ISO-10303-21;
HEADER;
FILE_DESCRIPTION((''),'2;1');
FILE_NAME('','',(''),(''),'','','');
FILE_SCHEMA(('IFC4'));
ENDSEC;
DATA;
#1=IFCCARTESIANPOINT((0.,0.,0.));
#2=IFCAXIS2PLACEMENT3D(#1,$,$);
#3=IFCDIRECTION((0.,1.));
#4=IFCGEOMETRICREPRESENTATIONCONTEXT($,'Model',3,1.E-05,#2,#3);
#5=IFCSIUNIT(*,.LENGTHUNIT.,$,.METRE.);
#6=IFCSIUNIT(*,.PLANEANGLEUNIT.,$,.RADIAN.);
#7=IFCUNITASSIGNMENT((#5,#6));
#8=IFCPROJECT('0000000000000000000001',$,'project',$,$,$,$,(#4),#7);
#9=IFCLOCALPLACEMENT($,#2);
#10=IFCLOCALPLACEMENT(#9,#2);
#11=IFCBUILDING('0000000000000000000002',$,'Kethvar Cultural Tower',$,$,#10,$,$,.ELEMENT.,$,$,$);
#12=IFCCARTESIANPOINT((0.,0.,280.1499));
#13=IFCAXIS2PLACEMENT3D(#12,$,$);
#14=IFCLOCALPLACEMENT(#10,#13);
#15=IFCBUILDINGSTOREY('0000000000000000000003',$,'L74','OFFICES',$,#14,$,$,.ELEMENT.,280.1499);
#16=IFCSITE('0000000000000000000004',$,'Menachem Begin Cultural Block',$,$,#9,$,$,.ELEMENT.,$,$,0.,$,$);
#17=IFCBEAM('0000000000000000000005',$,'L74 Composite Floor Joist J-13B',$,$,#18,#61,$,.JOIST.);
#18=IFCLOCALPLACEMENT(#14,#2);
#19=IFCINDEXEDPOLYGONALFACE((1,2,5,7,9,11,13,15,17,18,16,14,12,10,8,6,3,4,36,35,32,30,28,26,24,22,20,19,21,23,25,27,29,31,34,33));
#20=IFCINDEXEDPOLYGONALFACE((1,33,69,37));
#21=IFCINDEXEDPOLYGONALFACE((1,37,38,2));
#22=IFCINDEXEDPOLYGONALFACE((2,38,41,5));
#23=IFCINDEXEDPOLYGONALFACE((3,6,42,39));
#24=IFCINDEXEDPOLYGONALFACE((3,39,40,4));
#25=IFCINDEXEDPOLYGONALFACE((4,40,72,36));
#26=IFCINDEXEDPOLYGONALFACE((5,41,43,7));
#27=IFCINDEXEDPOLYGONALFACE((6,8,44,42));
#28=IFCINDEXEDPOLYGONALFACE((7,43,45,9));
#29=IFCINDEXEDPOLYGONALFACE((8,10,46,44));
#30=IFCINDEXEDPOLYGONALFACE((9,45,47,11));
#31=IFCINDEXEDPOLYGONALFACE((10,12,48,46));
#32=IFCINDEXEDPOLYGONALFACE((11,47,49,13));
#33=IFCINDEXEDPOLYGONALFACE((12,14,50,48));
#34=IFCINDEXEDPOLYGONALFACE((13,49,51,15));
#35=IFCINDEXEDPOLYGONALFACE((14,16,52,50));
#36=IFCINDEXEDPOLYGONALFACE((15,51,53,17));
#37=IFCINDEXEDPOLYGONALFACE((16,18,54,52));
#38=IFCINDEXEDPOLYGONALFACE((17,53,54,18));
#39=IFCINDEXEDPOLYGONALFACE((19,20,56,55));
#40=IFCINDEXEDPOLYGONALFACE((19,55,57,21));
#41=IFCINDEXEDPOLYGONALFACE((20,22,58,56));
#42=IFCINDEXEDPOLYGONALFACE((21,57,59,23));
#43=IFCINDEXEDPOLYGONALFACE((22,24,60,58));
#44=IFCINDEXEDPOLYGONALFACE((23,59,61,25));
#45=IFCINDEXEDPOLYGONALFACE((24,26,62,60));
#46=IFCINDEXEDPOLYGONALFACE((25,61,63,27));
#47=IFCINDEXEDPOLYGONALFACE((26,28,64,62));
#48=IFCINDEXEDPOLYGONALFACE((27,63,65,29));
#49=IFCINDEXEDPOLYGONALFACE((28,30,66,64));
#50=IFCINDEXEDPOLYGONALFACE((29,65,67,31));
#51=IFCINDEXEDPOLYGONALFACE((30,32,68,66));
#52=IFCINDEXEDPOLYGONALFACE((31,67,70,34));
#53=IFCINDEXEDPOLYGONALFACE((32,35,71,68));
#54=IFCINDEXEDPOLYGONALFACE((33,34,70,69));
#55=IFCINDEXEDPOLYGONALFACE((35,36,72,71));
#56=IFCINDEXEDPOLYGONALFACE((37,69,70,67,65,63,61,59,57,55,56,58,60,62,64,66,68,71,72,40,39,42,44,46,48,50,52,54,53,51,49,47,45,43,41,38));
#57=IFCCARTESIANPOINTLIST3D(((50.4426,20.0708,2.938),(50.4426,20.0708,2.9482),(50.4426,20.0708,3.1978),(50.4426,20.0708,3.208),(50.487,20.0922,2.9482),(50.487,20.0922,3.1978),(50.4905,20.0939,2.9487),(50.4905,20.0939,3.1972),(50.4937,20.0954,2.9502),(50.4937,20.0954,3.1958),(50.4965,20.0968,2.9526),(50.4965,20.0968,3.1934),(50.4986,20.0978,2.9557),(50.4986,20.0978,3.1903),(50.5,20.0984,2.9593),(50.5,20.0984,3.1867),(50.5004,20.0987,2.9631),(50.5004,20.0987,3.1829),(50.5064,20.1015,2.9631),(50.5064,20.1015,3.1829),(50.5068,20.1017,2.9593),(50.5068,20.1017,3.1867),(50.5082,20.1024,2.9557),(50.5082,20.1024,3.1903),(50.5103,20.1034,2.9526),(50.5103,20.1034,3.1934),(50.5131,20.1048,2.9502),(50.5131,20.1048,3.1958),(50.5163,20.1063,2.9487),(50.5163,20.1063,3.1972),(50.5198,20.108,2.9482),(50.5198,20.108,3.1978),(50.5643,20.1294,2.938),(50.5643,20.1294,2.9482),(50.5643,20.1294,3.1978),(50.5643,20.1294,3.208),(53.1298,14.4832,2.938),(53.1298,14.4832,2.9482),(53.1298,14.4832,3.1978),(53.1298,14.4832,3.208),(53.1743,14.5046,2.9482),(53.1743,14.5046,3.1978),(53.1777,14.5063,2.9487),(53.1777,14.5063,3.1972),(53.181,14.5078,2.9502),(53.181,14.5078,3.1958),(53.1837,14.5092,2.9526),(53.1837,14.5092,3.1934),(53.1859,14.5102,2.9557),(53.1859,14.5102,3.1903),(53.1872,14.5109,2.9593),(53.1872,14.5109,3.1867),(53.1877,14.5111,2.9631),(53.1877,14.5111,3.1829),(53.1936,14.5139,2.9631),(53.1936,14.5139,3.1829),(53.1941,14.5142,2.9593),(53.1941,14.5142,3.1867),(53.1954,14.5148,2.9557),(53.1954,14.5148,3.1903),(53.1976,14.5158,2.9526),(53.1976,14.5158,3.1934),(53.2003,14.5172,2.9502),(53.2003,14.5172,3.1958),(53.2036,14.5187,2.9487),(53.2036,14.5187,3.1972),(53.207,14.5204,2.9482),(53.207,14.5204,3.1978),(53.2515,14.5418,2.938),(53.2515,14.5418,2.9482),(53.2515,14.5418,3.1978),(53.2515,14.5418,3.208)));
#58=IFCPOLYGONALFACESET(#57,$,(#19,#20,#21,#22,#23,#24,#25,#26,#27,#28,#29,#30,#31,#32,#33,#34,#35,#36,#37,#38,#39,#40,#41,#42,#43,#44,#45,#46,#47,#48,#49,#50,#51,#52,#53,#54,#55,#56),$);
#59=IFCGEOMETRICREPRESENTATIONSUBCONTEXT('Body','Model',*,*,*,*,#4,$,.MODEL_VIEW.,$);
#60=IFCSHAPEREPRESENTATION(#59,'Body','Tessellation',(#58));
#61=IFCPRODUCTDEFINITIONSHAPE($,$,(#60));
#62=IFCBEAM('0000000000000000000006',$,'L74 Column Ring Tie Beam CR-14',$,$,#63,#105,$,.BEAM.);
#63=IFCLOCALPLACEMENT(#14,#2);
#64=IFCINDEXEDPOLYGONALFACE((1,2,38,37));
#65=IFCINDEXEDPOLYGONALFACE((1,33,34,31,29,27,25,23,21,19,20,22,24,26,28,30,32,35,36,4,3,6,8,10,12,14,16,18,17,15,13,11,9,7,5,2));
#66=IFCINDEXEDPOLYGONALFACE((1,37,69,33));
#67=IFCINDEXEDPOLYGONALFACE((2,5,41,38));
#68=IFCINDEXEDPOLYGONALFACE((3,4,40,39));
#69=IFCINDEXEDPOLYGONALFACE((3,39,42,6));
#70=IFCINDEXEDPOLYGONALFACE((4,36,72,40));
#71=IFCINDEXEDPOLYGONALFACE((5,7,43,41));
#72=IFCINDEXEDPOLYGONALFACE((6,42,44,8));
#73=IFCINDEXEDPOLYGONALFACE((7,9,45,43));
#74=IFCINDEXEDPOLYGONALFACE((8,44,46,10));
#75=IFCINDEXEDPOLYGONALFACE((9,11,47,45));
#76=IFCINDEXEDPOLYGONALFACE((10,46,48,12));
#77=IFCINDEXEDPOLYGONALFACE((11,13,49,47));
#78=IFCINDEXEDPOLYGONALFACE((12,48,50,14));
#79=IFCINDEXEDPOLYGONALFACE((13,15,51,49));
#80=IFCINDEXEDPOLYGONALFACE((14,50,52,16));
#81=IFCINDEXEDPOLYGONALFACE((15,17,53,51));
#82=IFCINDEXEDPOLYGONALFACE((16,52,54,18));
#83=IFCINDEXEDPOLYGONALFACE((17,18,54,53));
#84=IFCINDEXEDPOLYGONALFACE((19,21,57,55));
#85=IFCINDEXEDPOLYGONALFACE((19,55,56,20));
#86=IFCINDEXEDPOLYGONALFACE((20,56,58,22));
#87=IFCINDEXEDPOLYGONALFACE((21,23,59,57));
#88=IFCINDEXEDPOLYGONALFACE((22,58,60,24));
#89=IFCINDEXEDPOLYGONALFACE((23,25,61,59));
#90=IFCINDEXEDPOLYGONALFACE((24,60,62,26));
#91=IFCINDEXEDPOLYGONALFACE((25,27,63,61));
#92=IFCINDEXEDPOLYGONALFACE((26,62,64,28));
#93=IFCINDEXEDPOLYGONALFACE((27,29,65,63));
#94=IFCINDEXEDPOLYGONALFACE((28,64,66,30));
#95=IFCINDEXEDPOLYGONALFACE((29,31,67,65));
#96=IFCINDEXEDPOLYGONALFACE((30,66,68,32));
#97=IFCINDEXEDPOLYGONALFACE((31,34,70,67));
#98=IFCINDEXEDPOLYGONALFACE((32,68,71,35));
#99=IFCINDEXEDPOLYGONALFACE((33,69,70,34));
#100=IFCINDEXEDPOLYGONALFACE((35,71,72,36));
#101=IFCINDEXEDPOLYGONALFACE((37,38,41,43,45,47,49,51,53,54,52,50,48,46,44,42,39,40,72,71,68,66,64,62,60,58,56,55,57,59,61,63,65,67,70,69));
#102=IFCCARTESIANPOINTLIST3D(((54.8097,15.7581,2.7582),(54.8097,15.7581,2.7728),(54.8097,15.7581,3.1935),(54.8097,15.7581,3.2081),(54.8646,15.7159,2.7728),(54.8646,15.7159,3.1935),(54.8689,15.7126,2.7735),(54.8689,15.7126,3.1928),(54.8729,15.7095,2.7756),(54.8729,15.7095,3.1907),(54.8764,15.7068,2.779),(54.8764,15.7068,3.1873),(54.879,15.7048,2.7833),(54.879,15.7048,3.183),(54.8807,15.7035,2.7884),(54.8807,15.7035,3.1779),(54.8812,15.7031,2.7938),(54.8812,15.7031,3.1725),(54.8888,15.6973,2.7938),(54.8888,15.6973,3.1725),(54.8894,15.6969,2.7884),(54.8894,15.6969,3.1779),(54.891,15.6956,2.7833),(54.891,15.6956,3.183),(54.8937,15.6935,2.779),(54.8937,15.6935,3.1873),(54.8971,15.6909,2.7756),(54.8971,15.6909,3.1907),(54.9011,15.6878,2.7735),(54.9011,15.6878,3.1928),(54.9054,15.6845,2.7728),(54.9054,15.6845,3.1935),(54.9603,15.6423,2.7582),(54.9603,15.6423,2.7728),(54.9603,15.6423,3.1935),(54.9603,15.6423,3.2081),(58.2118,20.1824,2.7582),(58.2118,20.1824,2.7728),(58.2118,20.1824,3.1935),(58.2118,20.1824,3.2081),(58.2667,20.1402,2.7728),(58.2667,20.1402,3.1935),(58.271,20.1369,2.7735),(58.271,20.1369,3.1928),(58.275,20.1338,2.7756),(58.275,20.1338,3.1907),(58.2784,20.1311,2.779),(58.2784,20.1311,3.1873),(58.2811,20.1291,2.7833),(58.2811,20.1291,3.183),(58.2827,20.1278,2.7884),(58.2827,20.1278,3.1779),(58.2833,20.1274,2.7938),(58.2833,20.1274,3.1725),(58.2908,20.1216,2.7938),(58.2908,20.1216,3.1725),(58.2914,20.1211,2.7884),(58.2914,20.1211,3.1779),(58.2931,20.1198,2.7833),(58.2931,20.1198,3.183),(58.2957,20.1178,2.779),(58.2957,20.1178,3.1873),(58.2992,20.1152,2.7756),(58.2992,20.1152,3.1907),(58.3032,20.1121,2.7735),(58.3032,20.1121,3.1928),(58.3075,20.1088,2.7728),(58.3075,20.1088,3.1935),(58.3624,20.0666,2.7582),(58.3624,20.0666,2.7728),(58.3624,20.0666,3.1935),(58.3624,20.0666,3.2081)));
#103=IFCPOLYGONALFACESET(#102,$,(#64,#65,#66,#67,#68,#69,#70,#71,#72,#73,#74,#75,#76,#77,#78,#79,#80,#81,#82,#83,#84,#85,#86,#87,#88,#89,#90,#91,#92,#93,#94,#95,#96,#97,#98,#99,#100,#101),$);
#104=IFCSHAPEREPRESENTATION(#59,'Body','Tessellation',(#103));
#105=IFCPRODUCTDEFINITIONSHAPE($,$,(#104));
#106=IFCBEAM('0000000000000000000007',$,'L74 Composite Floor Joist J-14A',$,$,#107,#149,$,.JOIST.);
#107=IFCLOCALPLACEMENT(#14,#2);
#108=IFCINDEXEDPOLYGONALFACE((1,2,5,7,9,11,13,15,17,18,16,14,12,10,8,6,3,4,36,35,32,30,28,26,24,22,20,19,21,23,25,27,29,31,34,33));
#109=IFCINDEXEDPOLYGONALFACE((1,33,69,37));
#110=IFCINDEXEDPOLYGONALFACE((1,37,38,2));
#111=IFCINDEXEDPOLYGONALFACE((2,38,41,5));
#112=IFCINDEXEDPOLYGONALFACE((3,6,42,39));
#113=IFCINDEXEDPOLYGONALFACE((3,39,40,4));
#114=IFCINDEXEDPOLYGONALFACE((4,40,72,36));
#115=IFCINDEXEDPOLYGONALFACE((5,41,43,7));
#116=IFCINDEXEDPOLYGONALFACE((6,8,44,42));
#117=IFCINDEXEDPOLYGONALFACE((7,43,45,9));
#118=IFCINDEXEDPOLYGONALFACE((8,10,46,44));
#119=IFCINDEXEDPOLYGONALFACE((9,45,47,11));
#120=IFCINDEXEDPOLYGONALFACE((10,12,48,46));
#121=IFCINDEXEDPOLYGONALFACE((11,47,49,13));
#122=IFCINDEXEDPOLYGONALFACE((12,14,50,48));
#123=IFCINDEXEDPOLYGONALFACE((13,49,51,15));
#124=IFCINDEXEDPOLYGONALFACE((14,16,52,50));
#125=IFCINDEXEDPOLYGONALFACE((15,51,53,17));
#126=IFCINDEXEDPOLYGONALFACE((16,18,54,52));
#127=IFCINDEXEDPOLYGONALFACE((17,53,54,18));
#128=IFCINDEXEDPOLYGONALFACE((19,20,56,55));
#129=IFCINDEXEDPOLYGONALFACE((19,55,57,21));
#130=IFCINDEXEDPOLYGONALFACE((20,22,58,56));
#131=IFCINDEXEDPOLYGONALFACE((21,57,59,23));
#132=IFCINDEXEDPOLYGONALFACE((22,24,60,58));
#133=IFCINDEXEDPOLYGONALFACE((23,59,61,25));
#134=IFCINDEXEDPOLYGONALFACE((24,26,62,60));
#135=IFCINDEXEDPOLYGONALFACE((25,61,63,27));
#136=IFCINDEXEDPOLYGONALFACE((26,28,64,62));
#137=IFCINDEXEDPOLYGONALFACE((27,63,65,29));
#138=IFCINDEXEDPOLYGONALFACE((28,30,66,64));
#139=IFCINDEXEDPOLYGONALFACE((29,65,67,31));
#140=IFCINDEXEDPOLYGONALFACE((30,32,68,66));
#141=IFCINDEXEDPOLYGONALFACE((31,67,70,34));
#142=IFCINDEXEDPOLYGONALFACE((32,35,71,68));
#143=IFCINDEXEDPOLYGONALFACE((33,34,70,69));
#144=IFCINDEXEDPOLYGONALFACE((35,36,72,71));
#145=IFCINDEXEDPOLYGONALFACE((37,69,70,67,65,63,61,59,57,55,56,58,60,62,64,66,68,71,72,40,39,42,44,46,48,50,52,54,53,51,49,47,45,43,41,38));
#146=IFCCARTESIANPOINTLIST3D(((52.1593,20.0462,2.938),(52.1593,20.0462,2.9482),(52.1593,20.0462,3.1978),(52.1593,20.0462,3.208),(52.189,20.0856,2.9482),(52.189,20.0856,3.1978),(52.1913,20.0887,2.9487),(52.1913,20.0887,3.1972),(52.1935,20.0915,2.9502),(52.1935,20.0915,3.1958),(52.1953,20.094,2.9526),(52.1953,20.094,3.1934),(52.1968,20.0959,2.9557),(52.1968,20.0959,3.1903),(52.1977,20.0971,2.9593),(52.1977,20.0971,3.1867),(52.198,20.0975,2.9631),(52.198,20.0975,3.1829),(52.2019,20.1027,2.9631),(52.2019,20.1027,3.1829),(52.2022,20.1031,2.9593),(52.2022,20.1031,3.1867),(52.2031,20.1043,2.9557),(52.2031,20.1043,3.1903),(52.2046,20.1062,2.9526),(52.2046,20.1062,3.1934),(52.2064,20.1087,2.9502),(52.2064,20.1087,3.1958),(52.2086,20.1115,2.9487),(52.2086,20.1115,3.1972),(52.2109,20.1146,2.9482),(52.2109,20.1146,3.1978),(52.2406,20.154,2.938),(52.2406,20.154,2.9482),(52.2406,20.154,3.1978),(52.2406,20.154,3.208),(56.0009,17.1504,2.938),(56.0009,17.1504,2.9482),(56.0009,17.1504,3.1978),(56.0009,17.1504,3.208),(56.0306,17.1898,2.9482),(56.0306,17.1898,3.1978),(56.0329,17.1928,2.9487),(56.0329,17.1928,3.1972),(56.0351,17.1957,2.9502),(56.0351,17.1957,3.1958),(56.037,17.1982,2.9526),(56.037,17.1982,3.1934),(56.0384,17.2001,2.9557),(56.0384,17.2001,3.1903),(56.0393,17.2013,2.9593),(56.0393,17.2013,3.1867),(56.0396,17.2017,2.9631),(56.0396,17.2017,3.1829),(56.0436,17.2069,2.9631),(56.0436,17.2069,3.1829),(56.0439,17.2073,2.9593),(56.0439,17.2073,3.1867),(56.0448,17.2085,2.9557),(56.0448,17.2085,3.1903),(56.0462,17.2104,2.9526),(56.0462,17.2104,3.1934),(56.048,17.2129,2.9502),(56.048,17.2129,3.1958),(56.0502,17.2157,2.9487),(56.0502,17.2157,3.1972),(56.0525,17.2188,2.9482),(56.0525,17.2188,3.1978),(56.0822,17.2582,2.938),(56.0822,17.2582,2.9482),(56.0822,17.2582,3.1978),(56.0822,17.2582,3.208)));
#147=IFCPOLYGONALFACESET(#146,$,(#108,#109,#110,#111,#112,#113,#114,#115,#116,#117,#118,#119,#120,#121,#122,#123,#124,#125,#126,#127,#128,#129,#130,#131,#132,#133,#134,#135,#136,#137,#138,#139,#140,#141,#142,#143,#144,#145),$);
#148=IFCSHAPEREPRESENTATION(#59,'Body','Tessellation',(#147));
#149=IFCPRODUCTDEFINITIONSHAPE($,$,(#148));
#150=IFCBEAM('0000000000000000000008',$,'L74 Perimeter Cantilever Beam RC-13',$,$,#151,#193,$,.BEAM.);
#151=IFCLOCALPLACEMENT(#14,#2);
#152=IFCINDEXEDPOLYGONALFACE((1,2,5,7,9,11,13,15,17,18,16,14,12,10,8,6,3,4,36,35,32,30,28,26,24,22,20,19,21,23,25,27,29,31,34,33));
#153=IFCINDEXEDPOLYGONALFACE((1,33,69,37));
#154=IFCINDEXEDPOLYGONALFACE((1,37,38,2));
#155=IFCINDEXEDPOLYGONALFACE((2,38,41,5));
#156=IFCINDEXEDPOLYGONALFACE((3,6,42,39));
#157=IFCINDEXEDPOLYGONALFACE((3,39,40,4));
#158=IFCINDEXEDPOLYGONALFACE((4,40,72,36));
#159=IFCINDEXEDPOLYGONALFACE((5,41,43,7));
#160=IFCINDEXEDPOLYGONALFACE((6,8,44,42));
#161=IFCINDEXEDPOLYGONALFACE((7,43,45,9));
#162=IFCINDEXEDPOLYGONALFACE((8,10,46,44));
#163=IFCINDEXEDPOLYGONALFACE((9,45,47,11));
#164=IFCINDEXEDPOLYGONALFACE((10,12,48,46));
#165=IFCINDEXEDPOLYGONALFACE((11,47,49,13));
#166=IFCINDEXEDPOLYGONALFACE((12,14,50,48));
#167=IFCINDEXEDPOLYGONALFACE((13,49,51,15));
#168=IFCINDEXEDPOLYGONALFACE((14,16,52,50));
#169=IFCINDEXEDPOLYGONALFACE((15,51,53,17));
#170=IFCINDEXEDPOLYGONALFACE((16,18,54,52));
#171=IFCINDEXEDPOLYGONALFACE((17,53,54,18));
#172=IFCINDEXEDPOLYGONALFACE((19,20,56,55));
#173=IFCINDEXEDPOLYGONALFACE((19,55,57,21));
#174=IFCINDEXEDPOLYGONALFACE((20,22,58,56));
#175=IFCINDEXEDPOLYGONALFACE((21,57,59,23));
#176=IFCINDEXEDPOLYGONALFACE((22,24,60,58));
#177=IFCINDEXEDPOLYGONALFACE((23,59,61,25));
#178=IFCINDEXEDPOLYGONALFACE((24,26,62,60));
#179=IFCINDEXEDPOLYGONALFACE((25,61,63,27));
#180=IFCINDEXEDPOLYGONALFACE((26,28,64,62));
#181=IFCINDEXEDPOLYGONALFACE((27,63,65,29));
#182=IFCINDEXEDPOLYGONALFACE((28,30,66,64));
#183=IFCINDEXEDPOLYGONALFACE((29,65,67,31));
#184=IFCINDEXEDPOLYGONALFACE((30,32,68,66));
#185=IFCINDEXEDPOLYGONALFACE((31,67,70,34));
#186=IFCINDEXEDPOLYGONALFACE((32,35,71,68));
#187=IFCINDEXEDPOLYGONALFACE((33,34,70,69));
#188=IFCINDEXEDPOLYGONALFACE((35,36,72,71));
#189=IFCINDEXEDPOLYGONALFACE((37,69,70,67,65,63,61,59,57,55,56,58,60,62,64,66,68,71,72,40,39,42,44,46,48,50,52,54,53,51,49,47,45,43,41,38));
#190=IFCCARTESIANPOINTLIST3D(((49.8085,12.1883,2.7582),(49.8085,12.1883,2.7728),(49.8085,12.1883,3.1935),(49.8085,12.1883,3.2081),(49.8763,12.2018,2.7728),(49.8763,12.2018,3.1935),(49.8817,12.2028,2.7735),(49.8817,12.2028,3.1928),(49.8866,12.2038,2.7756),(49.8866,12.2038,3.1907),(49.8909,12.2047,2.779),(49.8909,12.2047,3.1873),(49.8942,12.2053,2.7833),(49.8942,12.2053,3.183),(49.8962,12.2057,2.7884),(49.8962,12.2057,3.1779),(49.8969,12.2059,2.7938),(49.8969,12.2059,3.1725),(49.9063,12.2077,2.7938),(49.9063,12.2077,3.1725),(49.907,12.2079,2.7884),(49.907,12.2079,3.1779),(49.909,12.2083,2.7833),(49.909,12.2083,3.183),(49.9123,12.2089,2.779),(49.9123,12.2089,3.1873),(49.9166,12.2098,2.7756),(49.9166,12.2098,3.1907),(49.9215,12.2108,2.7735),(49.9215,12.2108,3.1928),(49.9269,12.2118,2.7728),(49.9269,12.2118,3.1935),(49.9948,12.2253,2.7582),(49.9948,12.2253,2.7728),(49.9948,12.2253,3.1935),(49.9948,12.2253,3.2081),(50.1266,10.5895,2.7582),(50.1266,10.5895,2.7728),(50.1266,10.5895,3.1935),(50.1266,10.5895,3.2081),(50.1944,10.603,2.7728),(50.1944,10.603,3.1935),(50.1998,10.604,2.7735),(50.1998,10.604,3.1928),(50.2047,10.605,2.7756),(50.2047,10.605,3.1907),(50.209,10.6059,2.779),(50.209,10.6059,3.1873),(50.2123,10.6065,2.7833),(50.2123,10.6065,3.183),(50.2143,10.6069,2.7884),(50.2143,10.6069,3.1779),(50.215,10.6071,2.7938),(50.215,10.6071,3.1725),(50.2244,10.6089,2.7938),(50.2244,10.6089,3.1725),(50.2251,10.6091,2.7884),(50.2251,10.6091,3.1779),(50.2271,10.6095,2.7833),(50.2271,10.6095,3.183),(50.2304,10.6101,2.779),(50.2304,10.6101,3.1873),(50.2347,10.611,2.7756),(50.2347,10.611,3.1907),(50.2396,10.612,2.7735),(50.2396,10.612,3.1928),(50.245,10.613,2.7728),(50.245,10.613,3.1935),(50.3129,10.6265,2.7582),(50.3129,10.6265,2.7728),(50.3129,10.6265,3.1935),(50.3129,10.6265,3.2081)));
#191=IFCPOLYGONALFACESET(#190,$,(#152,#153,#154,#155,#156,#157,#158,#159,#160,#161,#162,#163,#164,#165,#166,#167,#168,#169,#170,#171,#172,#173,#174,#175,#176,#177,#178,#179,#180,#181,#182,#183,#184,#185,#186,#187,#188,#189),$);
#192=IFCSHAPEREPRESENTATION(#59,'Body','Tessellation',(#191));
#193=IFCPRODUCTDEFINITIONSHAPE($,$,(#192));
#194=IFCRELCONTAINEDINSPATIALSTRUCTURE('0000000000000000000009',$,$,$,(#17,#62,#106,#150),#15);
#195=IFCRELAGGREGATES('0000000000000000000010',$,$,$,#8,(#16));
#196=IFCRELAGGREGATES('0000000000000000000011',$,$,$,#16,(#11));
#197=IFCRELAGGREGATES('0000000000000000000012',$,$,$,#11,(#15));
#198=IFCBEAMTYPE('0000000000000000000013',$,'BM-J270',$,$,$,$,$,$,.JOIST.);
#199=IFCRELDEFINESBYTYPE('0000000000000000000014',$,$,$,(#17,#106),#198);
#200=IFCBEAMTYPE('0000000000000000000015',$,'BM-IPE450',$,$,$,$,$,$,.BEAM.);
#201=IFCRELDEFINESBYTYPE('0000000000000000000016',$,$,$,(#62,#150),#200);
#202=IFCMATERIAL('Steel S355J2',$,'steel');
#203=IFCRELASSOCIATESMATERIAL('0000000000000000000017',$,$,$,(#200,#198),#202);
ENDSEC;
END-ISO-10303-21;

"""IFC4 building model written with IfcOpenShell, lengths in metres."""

from ifc_helpers import new_model, si_unit, direction, frame, origin, origin_2d, place, context, subcontext, project, spatial, i_section, extrude, source, transform, mapped, material, material_profile, profile_set, type_object, element, save


model = new_model("IFC4")

# Units and contexts
model_context = context("Model", 3, precision=1e-05, world=origin(), true_north=direction((0.0, 1.0)))
body_context = subcontext(model_context, "Body", "Model", "MODEL_VIEW")
ifc_project = project(units=[si_unit("LENGTHUNIT", "METRE"), si_unit("PLANEANGLEUNIT", "RADIAN")], contexts=[model_context])

# Site, building, storey
site_placement = place(None, origin())
site = spatial("IfcSite", under=ifc_project, at=site_placement, Name="Menachem Begin Cultural Block", CompositionType="ELEMENT", RefElevation=0.0)
building_placement = place(site_placement, origin())
building = spatial("IfcBuilding", under=site, at=building_placement, Name="Kethvar Cultural Tower", CompositionType="ELEMENT")
storey_placement = place(building_placement, frame((0.0, 0.0, 280.1499)))
storey = spatial("IfcBuildingStorey", under=building, at=storey_placement, Name="L74", Description="OFFICES", CompositionType="ELEMENT", Elevation=280.1499)

# Shared definitions
ifc_material_1 = material(Name="Steel S355J2", Category="steel")

# Beams
ifc_material_profile_1 = material_profile(ifc_material_1, i_section(OverallWidth=0.1899, OverallDepth=0.45, WebThickness=0.0095, FlangeThickness=0.0146, FilletRadius=0.021, at=origin_2d()), Name="Steel S355J2 — IPE450")
ifc_profile_set_1 = profile_set([ifc_material_profile_1], Name="Steel S355J2 — IPE450")
beam_type_1 = type_object("IfcBeamType", Name="BM-IPE450", PredefinedType="BEAM", material=ifc_profile_set_1)
ifc_material_profile_2 = material_profile(ifc_material_1, i_section(OverallWidth=0.135, OverallDepth=0.27, WebThickness=0.0066, FlangeThickness=0.0103, FilletRadius=0.0149, at=origin_2d()), Name="Steel S355J2 — IPE270")
ifc_profile_set_2 = profile_set([ifc_material_profile_2], Name="Steel S355J2 — IPE270")
beam_type_2 = type_object("IfcBeamType", Name="BM-J270", PredefinedType="JOIST", material=ifc_profile_set_2)
shared_shape_1 = source(origin(), body_context, "Body", "SweptSolid", [
    extrude(i_section(OverallWidth=0.135, OverallDepth=0.27, WebThickness=0.0066, FlangeThickness=0.0103, FilletRadius=0.0149, at=origin_2d()), origin(), (0.0, 0.0, 1.0), 6.2002),
])
beam_1_placement = place(storey_placement, frame((50.5034, 20.1001, 3.073), z_axis=(0.433411, -0.901197, 0.0), x_axis=(0.901197, 0.433411, 0.0)))
element("IfcBeam", 1, at=beam_1_placement, inside=storey, type_object=beam_type_2, Name="L74 Composite Floor Joist J-13B", PredefinedType="JOIST", context=body_context, shape_type="MappedRepresentation", body=[
    mapped(shared_shape_1, transform((0.0, 0.0, 0.0), scale=1.0)),
])
shared_shape_2 = source(origin(), body_context, "Body", "SweptSolid", [
    extrude(i_section(OverallWidth=0.1899, OverallDepth=0.45, WebThickness=0.0095, FlangeThickness=0.0146, FilletRadius=0.021, at=origin_2d()), origin(), (0.0, 0.0, 1.0), 5.5811),
])
beam_2_placement = place(storey_placement, frame((54.885, 15.7002, 2.9832), z_axis=(0.609573, 0.79273, 0.0), x_axis=(-0.79273, 0.609573, 0.0)))
element("IfcBeam", 2, at=beam_2_placement, inside=storey, type_object=beam_type_1, Name="L74 Column Ring Tie Beam CR-14", PredefinedType="BEAM", context=body_context, shape_type="MappedRepresentation", body=[
    mapped(shared_shape_2, transform((0.0, 0.0, 0.0), scale=1.0)),
])
shared_shape_3 = source(origin(), body_context, "Body", "SweptSolid", [
    extrude(i_section(OverallWidth=0.135, OverallDepth=0.27, WebThickness=0.0066, FlangeThickness=0.0103, FilletRadius=0.0149, at=origin_2d()), origin(), (0.0, 0.0, 1.0), 4.8108),
])
beam_3_placement = place(storey_placement, frame((52.2, 20.1001, 3.073), z_axis=(0.798542, -0.601939, 0.0), x_axis=(0.601939, 0.798542, 0.0)))
element("IfcBeam", 3, at=beam_3_placement, inside=storey, type_object=beam_type_2, Name="L74 Composite Floor Joist J-14A", PredefinedType="JOIST", context=body_context, shape_type="MappedRepresentation", body=[
    mapped(shared_shape_3, transform((0.0, 0.0, 0.0), scale=1.0)),
])
shared_shape_4 = source(origin(), body_context, "Body", "SweptSolid", [
    extrude(i_section(OverallWidth=0.1899, OverallDepth=0.45, WebThickness=0.0095, FlangeThickness=0.0146, FilletRadius=0.021, at=origin_2d()), origin(), (0.0, 0.0, 1.0), 1.6301),
])
beam_4_placement = place(storey_placement, frame((49.9016, 12.2068, 2.9832), z_axis=(0.195137, -0.980776, 0.0), x_axis=(0.980776, 0.195137, 0.0)))
element("IfcBeam", 4, at=beam_4_placement, inside=storey, type_object=beam_type_1, Name="L74 Perimeter Cantilever Beam RC-13", PredefinedType="BEAM", context=body_context, shape_type="MappedRepresentation", body=[
    mapped(shared_shape_4, transform((0.0, 0.0, 0.0), scale=1.0)),
])

save(model, "model.ifc")
